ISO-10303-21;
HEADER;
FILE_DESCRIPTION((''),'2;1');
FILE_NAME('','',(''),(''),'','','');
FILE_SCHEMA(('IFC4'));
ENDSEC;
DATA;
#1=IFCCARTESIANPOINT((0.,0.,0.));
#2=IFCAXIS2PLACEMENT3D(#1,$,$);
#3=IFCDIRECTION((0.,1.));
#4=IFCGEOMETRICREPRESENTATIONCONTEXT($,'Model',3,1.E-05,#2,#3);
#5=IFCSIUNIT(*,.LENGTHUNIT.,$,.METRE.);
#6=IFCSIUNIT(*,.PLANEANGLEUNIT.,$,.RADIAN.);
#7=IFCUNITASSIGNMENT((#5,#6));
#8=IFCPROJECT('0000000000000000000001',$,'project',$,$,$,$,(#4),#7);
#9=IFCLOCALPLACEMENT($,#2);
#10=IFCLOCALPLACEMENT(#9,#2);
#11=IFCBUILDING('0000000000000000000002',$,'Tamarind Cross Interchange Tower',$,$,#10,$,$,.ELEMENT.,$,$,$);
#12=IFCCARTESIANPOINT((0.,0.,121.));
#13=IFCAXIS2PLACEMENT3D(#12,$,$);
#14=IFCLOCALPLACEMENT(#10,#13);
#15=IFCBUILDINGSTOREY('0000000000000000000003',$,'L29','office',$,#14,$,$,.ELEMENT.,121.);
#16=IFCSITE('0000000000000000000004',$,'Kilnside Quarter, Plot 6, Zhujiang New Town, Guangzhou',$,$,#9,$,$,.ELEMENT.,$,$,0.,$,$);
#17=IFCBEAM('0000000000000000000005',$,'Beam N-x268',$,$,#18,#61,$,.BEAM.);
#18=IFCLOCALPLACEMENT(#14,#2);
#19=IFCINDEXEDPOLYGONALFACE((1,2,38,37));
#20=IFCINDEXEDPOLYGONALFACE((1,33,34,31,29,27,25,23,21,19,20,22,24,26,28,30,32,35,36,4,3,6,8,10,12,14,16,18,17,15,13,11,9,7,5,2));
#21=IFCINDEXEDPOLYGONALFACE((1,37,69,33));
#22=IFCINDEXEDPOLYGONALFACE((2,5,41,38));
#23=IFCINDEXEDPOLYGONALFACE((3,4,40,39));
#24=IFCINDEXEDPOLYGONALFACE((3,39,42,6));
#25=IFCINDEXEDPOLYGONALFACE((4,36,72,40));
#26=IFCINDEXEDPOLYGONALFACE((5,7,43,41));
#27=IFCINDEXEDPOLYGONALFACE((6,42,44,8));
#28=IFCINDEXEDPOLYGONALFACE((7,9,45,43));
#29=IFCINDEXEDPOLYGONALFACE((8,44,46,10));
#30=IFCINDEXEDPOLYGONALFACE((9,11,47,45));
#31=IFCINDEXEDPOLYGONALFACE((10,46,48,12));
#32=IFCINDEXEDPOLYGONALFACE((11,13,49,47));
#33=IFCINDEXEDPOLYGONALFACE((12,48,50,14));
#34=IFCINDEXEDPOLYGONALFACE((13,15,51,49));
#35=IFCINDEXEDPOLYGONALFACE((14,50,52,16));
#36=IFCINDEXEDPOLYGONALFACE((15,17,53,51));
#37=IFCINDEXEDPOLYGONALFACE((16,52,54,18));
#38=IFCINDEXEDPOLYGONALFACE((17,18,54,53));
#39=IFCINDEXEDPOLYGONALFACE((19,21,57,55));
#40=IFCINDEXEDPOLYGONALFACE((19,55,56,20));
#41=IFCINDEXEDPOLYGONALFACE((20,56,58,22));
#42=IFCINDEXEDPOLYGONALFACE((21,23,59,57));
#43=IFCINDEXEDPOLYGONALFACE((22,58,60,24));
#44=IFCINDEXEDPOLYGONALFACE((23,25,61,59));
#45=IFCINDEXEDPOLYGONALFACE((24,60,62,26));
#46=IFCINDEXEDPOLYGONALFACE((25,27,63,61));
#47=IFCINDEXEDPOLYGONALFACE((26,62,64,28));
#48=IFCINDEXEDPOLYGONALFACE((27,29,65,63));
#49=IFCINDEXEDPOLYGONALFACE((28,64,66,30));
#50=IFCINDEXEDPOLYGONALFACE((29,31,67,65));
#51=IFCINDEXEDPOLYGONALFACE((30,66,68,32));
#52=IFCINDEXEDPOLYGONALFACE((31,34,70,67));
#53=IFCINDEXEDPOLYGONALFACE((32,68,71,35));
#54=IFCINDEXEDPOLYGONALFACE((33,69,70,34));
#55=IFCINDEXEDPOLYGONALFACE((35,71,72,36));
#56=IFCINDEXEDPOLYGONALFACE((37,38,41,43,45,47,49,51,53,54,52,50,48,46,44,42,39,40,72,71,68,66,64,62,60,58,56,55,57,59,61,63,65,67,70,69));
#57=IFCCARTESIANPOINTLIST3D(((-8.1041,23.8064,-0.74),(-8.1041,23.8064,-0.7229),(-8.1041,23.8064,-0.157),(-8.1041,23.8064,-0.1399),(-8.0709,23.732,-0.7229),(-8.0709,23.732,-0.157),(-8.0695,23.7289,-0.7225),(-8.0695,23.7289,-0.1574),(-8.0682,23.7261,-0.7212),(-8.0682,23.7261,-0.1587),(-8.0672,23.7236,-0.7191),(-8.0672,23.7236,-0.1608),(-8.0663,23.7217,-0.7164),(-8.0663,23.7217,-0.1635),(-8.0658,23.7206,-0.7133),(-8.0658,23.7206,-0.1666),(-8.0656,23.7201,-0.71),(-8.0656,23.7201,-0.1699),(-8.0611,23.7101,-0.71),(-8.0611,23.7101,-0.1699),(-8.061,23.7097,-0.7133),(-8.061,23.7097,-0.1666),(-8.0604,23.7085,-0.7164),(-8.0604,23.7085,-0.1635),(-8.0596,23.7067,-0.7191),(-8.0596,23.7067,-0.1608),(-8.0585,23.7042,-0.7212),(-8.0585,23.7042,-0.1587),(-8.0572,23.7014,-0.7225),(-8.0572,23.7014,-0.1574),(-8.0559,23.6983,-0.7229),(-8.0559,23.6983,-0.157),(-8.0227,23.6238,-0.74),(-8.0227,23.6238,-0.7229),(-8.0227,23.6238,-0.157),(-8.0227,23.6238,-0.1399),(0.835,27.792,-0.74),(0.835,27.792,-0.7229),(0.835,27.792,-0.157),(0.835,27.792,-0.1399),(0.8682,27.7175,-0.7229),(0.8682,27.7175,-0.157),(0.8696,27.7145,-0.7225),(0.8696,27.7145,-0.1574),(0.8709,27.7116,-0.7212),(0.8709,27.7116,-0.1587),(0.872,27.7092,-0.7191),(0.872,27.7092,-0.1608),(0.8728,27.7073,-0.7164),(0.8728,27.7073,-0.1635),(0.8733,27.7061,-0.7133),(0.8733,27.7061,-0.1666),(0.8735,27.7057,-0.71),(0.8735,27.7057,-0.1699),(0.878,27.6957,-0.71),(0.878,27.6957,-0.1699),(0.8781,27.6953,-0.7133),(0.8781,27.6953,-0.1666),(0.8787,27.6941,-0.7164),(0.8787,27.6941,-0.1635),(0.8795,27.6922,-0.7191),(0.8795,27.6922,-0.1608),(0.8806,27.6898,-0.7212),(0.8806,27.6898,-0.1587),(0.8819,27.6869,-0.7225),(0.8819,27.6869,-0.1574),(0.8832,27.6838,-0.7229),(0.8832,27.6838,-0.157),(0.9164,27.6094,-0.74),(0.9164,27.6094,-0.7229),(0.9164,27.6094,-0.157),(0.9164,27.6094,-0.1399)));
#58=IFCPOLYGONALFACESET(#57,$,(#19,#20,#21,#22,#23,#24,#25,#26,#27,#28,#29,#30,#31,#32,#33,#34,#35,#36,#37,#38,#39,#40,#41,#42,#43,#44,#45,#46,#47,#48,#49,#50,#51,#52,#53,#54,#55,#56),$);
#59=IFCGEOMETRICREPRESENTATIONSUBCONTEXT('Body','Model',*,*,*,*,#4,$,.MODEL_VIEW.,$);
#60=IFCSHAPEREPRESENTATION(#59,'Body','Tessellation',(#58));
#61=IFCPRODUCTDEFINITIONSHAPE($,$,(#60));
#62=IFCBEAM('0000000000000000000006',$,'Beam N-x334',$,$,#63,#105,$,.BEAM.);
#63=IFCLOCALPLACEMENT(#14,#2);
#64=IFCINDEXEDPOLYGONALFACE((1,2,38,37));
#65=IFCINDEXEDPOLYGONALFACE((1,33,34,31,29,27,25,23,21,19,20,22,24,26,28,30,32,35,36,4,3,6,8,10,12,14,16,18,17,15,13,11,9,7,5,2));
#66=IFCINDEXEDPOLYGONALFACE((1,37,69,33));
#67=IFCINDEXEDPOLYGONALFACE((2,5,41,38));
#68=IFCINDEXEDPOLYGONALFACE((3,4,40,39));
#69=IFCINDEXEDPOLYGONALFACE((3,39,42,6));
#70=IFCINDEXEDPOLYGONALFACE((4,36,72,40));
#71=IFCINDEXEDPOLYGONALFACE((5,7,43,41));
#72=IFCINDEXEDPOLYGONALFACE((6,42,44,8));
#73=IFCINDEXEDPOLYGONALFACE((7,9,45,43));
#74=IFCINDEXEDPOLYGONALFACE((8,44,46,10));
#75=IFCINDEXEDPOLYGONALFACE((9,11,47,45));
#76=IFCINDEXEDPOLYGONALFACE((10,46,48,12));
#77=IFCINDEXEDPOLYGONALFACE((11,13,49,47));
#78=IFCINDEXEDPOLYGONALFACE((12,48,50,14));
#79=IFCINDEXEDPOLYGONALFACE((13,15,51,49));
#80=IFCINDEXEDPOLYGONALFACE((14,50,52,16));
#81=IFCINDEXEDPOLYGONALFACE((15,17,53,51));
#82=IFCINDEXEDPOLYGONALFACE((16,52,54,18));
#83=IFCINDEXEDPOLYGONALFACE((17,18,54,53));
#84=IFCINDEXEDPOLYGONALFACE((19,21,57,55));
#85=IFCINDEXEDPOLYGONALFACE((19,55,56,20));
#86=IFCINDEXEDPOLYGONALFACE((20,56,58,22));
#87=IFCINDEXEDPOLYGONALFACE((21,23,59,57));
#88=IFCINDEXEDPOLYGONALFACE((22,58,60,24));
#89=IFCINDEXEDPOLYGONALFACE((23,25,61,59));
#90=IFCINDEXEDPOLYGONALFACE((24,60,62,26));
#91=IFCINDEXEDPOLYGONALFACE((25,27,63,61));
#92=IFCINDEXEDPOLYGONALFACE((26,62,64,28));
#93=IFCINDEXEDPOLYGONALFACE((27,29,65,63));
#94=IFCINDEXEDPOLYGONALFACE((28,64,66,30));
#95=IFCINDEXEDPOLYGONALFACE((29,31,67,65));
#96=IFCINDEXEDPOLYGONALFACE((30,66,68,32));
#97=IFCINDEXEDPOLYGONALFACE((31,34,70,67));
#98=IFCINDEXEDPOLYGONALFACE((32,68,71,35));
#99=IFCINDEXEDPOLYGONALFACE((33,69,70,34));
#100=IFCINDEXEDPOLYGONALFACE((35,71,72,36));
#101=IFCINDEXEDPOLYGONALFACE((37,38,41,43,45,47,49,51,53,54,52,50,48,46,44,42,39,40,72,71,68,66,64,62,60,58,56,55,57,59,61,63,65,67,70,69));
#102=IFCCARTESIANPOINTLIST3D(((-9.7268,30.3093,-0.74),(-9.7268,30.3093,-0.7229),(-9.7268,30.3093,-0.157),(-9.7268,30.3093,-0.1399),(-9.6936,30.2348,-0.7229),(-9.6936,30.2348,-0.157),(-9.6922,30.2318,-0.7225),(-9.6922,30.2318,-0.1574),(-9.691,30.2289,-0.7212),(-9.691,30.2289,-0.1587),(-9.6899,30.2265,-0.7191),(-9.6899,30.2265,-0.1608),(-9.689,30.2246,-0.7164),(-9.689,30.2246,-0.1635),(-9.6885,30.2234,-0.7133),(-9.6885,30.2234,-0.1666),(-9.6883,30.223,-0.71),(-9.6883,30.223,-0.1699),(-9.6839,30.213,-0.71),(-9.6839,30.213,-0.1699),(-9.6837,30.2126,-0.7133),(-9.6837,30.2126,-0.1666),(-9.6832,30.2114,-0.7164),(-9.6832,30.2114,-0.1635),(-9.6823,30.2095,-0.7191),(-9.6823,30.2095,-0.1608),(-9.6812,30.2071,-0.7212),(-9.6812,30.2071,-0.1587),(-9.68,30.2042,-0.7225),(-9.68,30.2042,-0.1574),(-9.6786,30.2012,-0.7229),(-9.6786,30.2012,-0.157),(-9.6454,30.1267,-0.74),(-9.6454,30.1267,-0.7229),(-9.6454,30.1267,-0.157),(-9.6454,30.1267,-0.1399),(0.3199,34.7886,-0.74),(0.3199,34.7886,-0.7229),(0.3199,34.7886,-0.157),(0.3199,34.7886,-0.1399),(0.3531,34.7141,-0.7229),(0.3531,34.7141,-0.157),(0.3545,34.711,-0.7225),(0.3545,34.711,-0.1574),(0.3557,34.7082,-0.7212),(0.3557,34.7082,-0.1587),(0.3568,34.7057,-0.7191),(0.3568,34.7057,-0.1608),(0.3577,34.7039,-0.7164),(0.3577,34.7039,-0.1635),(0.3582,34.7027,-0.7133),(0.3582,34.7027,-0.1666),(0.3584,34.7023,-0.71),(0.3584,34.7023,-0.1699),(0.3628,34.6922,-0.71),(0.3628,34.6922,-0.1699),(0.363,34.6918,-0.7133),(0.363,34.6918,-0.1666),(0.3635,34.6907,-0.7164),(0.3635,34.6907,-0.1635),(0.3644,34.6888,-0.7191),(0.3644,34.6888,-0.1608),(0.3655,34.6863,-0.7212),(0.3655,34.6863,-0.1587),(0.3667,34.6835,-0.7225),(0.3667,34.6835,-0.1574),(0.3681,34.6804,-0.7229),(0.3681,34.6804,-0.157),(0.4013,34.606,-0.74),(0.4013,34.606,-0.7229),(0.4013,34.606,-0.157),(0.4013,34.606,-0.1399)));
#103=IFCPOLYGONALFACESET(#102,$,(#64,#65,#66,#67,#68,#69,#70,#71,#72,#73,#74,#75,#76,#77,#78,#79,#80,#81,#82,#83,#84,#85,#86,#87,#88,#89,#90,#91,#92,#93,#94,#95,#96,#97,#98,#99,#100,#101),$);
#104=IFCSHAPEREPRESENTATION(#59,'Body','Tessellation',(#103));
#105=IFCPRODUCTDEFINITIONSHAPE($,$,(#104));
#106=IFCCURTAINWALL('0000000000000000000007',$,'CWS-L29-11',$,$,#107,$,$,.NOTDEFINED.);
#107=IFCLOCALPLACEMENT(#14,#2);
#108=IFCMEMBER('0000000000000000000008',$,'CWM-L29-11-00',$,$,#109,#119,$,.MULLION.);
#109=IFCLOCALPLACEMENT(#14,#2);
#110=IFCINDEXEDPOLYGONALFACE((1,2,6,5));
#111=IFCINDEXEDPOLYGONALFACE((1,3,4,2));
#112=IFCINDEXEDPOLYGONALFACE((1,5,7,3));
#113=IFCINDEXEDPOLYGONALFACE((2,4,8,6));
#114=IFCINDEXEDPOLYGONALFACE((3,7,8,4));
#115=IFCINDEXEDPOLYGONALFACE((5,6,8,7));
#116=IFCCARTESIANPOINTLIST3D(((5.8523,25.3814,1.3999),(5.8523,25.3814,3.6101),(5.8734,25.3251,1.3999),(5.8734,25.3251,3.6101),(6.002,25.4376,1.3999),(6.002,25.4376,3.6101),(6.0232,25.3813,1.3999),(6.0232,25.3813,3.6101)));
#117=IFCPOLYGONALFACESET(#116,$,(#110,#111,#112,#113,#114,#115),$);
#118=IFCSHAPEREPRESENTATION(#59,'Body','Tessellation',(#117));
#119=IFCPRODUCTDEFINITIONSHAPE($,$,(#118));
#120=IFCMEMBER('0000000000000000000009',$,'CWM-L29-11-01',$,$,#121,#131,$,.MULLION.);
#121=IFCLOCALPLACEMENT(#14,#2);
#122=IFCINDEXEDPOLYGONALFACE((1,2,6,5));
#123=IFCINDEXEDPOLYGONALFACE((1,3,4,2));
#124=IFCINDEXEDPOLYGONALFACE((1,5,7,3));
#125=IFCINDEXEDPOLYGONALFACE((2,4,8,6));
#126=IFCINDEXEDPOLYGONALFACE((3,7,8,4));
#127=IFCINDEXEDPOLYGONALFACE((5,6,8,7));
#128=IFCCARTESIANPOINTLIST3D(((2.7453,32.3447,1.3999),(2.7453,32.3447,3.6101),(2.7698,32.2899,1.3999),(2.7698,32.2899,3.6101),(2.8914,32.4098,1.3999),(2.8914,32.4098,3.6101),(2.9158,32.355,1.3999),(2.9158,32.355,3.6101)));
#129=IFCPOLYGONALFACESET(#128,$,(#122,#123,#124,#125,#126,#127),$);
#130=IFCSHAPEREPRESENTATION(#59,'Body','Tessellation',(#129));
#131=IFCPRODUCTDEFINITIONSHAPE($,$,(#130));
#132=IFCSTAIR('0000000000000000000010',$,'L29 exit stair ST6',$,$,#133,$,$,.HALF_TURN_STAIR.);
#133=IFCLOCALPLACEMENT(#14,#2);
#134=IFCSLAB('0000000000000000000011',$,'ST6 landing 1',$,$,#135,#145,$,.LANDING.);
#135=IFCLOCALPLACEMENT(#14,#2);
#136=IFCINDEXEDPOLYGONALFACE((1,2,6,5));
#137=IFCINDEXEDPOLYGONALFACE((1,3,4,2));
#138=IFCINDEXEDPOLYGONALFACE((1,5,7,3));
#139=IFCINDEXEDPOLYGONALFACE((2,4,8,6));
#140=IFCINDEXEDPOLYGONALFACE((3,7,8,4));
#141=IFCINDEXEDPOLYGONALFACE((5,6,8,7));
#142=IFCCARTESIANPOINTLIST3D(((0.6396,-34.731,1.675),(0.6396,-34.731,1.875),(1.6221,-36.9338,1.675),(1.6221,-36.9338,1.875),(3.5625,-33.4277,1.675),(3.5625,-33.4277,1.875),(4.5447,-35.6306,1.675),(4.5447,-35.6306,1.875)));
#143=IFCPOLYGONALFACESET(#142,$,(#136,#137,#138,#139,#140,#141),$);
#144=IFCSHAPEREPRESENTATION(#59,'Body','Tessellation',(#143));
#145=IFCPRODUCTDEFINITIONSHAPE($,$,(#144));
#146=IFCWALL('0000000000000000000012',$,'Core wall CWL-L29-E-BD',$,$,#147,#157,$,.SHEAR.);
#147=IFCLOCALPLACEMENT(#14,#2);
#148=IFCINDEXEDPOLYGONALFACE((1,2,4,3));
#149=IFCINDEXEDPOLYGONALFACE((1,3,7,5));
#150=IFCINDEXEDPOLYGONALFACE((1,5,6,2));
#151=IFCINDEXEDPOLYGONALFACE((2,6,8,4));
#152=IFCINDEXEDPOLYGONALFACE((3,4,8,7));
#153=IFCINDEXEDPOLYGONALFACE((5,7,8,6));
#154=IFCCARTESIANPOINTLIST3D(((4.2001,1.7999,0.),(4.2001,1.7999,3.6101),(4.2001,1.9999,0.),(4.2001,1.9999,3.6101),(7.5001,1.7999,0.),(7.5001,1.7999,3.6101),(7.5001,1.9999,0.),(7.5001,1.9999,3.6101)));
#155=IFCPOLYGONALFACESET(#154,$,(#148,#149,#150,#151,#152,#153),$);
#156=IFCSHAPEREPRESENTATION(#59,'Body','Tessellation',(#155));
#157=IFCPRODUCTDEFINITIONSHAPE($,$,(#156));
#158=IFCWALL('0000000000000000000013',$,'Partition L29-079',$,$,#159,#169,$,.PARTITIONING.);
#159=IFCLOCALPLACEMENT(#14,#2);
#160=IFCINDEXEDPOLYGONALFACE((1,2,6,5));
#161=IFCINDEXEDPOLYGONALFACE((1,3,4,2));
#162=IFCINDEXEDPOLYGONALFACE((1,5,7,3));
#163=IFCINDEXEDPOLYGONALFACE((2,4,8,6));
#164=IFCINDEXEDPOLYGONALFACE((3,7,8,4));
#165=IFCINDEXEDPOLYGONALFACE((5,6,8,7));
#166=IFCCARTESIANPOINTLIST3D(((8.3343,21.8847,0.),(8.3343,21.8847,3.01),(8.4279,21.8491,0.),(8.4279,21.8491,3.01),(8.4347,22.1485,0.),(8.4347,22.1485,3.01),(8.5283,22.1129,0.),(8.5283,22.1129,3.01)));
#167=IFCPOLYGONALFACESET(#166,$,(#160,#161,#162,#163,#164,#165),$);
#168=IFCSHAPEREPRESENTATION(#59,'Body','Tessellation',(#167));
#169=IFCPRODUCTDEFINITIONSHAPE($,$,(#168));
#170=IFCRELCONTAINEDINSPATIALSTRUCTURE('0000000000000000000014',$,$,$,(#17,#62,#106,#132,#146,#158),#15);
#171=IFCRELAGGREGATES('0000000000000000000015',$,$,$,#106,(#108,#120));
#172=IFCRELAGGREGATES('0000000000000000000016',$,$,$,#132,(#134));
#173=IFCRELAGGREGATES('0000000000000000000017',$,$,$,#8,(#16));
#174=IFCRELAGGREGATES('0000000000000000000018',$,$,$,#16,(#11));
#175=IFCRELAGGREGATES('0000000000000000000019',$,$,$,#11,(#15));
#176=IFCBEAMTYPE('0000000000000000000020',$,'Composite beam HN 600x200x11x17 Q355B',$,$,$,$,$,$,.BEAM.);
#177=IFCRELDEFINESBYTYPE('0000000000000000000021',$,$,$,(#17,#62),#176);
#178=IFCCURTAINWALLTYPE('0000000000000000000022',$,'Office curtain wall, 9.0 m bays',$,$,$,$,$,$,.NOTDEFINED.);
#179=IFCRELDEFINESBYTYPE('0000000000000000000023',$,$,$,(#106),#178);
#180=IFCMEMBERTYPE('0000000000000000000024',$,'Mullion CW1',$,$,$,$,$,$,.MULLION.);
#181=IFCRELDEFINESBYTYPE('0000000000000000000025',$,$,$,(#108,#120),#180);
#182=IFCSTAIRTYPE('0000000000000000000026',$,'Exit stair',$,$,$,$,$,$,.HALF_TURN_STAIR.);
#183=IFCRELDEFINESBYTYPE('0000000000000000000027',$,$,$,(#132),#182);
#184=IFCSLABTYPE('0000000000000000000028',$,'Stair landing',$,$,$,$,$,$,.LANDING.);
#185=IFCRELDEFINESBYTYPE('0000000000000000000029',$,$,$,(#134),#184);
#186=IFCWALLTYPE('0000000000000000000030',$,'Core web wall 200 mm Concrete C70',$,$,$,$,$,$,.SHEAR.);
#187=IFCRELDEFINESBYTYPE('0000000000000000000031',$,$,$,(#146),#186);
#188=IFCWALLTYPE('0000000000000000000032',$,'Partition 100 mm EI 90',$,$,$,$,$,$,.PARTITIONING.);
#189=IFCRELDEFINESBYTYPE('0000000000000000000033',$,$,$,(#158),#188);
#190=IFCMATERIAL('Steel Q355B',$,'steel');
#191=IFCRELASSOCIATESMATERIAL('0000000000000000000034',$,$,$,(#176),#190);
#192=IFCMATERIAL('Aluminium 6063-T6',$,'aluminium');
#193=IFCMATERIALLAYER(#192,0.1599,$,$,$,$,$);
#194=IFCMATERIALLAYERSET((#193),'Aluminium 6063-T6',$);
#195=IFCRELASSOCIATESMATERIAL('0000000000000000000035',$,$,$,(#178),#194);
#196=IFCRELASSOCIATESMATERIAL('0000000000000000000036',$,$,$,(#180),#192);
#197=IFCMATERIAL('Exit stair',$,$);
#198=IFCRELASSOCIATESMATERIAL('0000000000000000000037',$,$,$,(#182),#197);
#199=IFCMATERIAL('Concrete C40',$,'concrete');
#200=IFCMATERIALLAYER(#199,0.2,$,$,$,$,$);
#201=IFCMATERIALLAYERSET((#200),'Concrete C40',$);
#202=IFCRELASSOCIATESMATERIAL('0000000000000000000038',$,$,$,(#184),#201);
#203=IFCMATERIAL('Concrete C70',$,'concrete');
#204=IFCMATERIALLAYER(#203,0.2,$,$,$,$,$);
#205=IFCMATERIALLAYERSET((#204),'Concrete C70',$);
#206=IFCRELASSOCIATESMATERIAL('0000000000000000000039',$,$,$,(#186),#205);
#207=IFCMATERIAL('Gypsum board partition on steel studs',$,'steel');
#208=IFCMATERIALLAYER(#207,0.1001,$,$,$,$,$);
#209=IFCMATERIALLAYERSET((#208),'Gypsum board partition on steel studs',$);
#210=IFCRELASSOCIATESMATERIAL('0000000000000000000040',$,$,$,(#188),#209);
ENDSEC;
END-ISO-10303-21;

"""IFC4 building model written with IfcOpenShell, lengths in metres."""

from ifc_helpers import new_model, si_unit, direction, frame, frame_2d, origin, origin_2d, place, context, subcontext, project, spatial, polyline, rectangle, i_section, outline, extrude, material, layer, layer_set, material_profile, profile_set, type_object, element, aggregate, save


model = new_model("IFC4")

# Units and contexts
model_context = context("Model", 3, precision=1e-05, world=origin(), true_north=direction((0.0, 1.0)))
body_context = subcontext(model_context, "Body", "Model", "MODEL_VIEW")
ifc_project = project(units=[si_unit("LENGTHUNIT", "METRE"), si_unit("PLANEANGLEUNIT", "RADIAN")], contexts=[model_context])

# Site, building, storey
site_placement = place(None, origin())
site = spatial("IfcSite", under=ifc_project, at=site_placement, Name="Kilnside Quarter, Plot 6, Zhujiang New Town, Guangzhou", CompositionType="ELEMENT", RefElevation=0.0)
building_placement = place(site_placement, origin())
building = spatial("IfcBuilding", under=site, at=building_placement, Name="Tamarind Cross Interchange Tower", CompositionType="ELEMENT")
storey_placement = place(building_placement, frame((0.0, 0.0, 121.0)))
storey = spatial("IfcBuildingStorey", under=building, at=storey_placement, Name="L29", Description="office", CompositionType="ELEMENT", Elevation=121.0)

# Beams
ifc_material_1 = material(Name="Steel Q355B", Category="steel")
ifc_material_profile_1 = material_profile(ifc_material_1, i_section(OverallWidth=0.2, OverallDepth=0.6001, WebThickness=0.011, FlangeThickness=0.0171, FilletRadius=0.0129, at=origin_2d()), Name="HN 600x200x11x17")
ifc_profile_set_1 = profile_set([ifc_material_profile_1], Name="Steel Q355B")
beam_type_1 = type_object("IfcBeamType", Name="Composite beam HN 600x200x11x17 Q355B", PredefinedType="BEAM", material=ifc_profile_set_1)
beam_1_placement = place(storey_placement, frame((0.8757, 27.7007, -0.4399), z_axis=(-0.913333, -0.407214, 0.0), x_axis=(0.407214, -0.913333, 0.0)))
element("IfcBeam", 1, at=beam_1_placement, inside=storey, type_object=beam_type_1, Name="Beam N-x268", PredefinedType="BEAM", context=body_context, shape_type="SweptSolid", body=[
    extrude(i_section(OverallWidth=0.2, OverallDepth=0.6001, WebThickness=0.011, FlangeThickness=0.0171, FilletRadius=0.0129, at=origin_2d()), origin(), (0.0, 0.0, 1.0), 9.7874),
])
beam_2_placement = place(storey_placement, frame((0.3606, 34.6973, -0.4399), z_axis=(-0.913336, -0.407207, 0.0), x_axis=(0.407207, -0.913336, 0.0)))
element("IfcBeam", 2, at=beam_2_placement, inside=storey, type_object=beam_type_1, Name="Beam N-x334", PredefinedType="BEAM", context=body_context, shape_type="SweptSolid", body=[
    extrude(i_section(OverallWidth=0.2, OverallDepth=0.6001, WebThickness=0.011, FlangeThickness=0.0171, FilletRadius=0.0129, at=origin_2d()), origin(), (0.0, 0.0, 1.0), 11.0),
])

# Curtain wall, members
ifc_material_2 = material(Name="Aluminium 6063-T6", Category="aluminium")
ifc_layer_1 = layer(ifc_material_2, 0.1599)
ifc_layer_set_1 = layer_set([ifc_layer_1], Name="Aluminium 6063-T6")
curtain_wall_type = type_object("IfcCurtainWallType", Name="Office curtain wall, 9.0 m bays", PredefinedType="NOTDEFINED", material=ifc_layer_set_1)
curtain_wall_placement = place(storey_placement, origin())
curtain_wall = element("IfcCurtainWall", 3, at=curtain_wall_placement, inside=storey, type_object=curtain_wall_type, Name="CWS-L29-11", PredefinedType="NOTDEFINED")
ifc_material_profile_2 = material_profile(ifc_material_2, rectangle(XDim=0.0601, YDim=0.1599, at=origin_2d()), Name="Mullion CW1")
ifc_profile_set_2 = profile_set([ifc_material_profile_2], Name="Aluminium 6063-T6")
member_type = type_object("IfcMemberType", Name="Mullion CW1", PredefinedType="MULLION", material=ifc_profile_set_2)
member_1_placement = place(storey_placement, frame((5.9377, 25.3813, 1.3999), z_axis=(0.0, 0.0, 1.0), x_axis=(-0.351534, 0.936175, 0.0)))
member_1 = element("IfcMember", 4, at=member_1_placement, type_object=member_type, Name="CWM-L29-11-00", PredefinedType="MULLION", context=body_context, shape_type="SweptSolid", body=[
    extrude(rectangle(XDim=0.0601, YDim=0.1599, at=origin_2d()), origin(), (0.0, 0.0, 1.0), 2.2102),
])
member_2_placement = place(storey_placement, frame((2.8306, 32.3499, 1.3999), z_axis=(0.0, 0.0, 1.0), x_axis=(-0.407221, 0.91333, 0.0)))
member_2 = element("IfcMember", 5, at=member_2_placement, type_object=member_type, Name="CWM-L29-11-01", PredefinedType="MULLION", context=body_context, shape_type="SweptSolid", body=[
    extrude(rectangle(XDim=0.0601, YDim=0.1599, at=origin_2d()), origin(), (0.0, 0.0, 1.0), 2.2102),
])
aggregate(curtain_wall, [member_1, member_2])

# Stair, slab
ifc_material_3 = material(Name="Exit stair")
stair_type = type_object("IfcStairType", Name="Exit stair", PredefinedType="HALF_TURN_STAIR", material=ifc_material_3)
stair_1_placement = place(storey_placement, origin())
stair_1 = element("IfcStair", 6, at=stair_1_placement, inside=storey, type_object=stair_type, Name="L29 exit stair ST6", PredefinedType="HALF_TURN_STAIR")
ifc_material_4 = material(Name="Concrete C40", Category="concrete")
ifc_layer_2 = layer(ifc_material_4, 0.2)
ifc_layer_set_2 = layer_set([ifc_layer_2], Name="Concrete C40")
slab_type = type_object("IfcSlabType", Name="Stair landing", PredefinedType="LANDING", material=ifc_layer_set_2)
slab_placement = place(storey_placement, frame((0.0, 0.0, 1.675)))
slab = element("IfcSlab", 7, at=slab_placement, type_object=slab_type, Name="ST6 landing 1", PredefinedType="LANDING", context=body_context, shape_type="SweptSolid", body=[
    extrude(outline(polyline([(0.6396, -34.731), (1.6221, -36.9338), (4.5447, -35.6306), (3.5625, -33.4277), (0.6396, -34.731)])), origin(), (0.0, 0.0, 1.0), 0.2),
])
aggregate(stair_1, [slab])

# Walls
ifc_material_5 = material(Name="Concrete C70", Category="concrete")
ifc_layer_3 = layer(ifc_material_5, 0.2)
ifc_layer_set_3 = layer_set([ifc_layer_3], Name="Concrete C70")
wall_type_1 = type_object("IfcWallType", Name="Core web wall 200 mm Concrete C70", PredefinedType="SHEAR", material=ifc_layer_set_3)
wall_1_placement = place(storey_placement, frame((7.5, 1.8999, 0.0), z_axis=(0.0, 0.0, 1.0), x_axis=(-1.0, 0.0, 0.0)))
element("IfcWall", 8, at=wall_1_placement, inside=storey, type_object=wall_type_1, Name="Core wall CWL-L29-E-BD", PredefinedType="SHEAR", context=body_context, shape_type="SweptSolid", body=[
    extrude(rectangle(XDim=3.3, YDim=0.2, at=frame_2d((1.6499, 0.0))), origin(), (0.0, 0.0, 1.0), 3.6101),
])
ifc_material_6 = material(Name="Gypsum board partition on steel studs", Category="steel")
ifc_layer_4 = layer(ifc_material_6, 0.1001)
ifc_layer_set_4 = layer_set([ifc_layer_4], Name="Gypsum board partition on steel studs")
wall_type_2 = type_object("IfcWallType", Name="Partition 100 mm EI 90", PredefinedType="PARTITIONING", material=ifc_layer_set_4)
wall_2_placement = place(storey_placement, frame((8.3811, 21.8669, 0.0), z_axis=(0.0, 0.0, 1.0), x_axis=(0.355671, 0.934611, 0.0)))
element("IfcWall", 9, at=wall_2_placement, inside=storey, type_object=wall_type_2, Name="Partition L29-079", PredefinedType="PARTITIONING", context=body_context, shape_type="SweptSolid", body=[
    extrude(rectangle(XDim=0.2822, YDim=0.1001, at=frame_2d((0.1411, 0.0))), origin(), (0.0, 0.0, 1.0), 3.01),
])

save(model, "model.ifc")
